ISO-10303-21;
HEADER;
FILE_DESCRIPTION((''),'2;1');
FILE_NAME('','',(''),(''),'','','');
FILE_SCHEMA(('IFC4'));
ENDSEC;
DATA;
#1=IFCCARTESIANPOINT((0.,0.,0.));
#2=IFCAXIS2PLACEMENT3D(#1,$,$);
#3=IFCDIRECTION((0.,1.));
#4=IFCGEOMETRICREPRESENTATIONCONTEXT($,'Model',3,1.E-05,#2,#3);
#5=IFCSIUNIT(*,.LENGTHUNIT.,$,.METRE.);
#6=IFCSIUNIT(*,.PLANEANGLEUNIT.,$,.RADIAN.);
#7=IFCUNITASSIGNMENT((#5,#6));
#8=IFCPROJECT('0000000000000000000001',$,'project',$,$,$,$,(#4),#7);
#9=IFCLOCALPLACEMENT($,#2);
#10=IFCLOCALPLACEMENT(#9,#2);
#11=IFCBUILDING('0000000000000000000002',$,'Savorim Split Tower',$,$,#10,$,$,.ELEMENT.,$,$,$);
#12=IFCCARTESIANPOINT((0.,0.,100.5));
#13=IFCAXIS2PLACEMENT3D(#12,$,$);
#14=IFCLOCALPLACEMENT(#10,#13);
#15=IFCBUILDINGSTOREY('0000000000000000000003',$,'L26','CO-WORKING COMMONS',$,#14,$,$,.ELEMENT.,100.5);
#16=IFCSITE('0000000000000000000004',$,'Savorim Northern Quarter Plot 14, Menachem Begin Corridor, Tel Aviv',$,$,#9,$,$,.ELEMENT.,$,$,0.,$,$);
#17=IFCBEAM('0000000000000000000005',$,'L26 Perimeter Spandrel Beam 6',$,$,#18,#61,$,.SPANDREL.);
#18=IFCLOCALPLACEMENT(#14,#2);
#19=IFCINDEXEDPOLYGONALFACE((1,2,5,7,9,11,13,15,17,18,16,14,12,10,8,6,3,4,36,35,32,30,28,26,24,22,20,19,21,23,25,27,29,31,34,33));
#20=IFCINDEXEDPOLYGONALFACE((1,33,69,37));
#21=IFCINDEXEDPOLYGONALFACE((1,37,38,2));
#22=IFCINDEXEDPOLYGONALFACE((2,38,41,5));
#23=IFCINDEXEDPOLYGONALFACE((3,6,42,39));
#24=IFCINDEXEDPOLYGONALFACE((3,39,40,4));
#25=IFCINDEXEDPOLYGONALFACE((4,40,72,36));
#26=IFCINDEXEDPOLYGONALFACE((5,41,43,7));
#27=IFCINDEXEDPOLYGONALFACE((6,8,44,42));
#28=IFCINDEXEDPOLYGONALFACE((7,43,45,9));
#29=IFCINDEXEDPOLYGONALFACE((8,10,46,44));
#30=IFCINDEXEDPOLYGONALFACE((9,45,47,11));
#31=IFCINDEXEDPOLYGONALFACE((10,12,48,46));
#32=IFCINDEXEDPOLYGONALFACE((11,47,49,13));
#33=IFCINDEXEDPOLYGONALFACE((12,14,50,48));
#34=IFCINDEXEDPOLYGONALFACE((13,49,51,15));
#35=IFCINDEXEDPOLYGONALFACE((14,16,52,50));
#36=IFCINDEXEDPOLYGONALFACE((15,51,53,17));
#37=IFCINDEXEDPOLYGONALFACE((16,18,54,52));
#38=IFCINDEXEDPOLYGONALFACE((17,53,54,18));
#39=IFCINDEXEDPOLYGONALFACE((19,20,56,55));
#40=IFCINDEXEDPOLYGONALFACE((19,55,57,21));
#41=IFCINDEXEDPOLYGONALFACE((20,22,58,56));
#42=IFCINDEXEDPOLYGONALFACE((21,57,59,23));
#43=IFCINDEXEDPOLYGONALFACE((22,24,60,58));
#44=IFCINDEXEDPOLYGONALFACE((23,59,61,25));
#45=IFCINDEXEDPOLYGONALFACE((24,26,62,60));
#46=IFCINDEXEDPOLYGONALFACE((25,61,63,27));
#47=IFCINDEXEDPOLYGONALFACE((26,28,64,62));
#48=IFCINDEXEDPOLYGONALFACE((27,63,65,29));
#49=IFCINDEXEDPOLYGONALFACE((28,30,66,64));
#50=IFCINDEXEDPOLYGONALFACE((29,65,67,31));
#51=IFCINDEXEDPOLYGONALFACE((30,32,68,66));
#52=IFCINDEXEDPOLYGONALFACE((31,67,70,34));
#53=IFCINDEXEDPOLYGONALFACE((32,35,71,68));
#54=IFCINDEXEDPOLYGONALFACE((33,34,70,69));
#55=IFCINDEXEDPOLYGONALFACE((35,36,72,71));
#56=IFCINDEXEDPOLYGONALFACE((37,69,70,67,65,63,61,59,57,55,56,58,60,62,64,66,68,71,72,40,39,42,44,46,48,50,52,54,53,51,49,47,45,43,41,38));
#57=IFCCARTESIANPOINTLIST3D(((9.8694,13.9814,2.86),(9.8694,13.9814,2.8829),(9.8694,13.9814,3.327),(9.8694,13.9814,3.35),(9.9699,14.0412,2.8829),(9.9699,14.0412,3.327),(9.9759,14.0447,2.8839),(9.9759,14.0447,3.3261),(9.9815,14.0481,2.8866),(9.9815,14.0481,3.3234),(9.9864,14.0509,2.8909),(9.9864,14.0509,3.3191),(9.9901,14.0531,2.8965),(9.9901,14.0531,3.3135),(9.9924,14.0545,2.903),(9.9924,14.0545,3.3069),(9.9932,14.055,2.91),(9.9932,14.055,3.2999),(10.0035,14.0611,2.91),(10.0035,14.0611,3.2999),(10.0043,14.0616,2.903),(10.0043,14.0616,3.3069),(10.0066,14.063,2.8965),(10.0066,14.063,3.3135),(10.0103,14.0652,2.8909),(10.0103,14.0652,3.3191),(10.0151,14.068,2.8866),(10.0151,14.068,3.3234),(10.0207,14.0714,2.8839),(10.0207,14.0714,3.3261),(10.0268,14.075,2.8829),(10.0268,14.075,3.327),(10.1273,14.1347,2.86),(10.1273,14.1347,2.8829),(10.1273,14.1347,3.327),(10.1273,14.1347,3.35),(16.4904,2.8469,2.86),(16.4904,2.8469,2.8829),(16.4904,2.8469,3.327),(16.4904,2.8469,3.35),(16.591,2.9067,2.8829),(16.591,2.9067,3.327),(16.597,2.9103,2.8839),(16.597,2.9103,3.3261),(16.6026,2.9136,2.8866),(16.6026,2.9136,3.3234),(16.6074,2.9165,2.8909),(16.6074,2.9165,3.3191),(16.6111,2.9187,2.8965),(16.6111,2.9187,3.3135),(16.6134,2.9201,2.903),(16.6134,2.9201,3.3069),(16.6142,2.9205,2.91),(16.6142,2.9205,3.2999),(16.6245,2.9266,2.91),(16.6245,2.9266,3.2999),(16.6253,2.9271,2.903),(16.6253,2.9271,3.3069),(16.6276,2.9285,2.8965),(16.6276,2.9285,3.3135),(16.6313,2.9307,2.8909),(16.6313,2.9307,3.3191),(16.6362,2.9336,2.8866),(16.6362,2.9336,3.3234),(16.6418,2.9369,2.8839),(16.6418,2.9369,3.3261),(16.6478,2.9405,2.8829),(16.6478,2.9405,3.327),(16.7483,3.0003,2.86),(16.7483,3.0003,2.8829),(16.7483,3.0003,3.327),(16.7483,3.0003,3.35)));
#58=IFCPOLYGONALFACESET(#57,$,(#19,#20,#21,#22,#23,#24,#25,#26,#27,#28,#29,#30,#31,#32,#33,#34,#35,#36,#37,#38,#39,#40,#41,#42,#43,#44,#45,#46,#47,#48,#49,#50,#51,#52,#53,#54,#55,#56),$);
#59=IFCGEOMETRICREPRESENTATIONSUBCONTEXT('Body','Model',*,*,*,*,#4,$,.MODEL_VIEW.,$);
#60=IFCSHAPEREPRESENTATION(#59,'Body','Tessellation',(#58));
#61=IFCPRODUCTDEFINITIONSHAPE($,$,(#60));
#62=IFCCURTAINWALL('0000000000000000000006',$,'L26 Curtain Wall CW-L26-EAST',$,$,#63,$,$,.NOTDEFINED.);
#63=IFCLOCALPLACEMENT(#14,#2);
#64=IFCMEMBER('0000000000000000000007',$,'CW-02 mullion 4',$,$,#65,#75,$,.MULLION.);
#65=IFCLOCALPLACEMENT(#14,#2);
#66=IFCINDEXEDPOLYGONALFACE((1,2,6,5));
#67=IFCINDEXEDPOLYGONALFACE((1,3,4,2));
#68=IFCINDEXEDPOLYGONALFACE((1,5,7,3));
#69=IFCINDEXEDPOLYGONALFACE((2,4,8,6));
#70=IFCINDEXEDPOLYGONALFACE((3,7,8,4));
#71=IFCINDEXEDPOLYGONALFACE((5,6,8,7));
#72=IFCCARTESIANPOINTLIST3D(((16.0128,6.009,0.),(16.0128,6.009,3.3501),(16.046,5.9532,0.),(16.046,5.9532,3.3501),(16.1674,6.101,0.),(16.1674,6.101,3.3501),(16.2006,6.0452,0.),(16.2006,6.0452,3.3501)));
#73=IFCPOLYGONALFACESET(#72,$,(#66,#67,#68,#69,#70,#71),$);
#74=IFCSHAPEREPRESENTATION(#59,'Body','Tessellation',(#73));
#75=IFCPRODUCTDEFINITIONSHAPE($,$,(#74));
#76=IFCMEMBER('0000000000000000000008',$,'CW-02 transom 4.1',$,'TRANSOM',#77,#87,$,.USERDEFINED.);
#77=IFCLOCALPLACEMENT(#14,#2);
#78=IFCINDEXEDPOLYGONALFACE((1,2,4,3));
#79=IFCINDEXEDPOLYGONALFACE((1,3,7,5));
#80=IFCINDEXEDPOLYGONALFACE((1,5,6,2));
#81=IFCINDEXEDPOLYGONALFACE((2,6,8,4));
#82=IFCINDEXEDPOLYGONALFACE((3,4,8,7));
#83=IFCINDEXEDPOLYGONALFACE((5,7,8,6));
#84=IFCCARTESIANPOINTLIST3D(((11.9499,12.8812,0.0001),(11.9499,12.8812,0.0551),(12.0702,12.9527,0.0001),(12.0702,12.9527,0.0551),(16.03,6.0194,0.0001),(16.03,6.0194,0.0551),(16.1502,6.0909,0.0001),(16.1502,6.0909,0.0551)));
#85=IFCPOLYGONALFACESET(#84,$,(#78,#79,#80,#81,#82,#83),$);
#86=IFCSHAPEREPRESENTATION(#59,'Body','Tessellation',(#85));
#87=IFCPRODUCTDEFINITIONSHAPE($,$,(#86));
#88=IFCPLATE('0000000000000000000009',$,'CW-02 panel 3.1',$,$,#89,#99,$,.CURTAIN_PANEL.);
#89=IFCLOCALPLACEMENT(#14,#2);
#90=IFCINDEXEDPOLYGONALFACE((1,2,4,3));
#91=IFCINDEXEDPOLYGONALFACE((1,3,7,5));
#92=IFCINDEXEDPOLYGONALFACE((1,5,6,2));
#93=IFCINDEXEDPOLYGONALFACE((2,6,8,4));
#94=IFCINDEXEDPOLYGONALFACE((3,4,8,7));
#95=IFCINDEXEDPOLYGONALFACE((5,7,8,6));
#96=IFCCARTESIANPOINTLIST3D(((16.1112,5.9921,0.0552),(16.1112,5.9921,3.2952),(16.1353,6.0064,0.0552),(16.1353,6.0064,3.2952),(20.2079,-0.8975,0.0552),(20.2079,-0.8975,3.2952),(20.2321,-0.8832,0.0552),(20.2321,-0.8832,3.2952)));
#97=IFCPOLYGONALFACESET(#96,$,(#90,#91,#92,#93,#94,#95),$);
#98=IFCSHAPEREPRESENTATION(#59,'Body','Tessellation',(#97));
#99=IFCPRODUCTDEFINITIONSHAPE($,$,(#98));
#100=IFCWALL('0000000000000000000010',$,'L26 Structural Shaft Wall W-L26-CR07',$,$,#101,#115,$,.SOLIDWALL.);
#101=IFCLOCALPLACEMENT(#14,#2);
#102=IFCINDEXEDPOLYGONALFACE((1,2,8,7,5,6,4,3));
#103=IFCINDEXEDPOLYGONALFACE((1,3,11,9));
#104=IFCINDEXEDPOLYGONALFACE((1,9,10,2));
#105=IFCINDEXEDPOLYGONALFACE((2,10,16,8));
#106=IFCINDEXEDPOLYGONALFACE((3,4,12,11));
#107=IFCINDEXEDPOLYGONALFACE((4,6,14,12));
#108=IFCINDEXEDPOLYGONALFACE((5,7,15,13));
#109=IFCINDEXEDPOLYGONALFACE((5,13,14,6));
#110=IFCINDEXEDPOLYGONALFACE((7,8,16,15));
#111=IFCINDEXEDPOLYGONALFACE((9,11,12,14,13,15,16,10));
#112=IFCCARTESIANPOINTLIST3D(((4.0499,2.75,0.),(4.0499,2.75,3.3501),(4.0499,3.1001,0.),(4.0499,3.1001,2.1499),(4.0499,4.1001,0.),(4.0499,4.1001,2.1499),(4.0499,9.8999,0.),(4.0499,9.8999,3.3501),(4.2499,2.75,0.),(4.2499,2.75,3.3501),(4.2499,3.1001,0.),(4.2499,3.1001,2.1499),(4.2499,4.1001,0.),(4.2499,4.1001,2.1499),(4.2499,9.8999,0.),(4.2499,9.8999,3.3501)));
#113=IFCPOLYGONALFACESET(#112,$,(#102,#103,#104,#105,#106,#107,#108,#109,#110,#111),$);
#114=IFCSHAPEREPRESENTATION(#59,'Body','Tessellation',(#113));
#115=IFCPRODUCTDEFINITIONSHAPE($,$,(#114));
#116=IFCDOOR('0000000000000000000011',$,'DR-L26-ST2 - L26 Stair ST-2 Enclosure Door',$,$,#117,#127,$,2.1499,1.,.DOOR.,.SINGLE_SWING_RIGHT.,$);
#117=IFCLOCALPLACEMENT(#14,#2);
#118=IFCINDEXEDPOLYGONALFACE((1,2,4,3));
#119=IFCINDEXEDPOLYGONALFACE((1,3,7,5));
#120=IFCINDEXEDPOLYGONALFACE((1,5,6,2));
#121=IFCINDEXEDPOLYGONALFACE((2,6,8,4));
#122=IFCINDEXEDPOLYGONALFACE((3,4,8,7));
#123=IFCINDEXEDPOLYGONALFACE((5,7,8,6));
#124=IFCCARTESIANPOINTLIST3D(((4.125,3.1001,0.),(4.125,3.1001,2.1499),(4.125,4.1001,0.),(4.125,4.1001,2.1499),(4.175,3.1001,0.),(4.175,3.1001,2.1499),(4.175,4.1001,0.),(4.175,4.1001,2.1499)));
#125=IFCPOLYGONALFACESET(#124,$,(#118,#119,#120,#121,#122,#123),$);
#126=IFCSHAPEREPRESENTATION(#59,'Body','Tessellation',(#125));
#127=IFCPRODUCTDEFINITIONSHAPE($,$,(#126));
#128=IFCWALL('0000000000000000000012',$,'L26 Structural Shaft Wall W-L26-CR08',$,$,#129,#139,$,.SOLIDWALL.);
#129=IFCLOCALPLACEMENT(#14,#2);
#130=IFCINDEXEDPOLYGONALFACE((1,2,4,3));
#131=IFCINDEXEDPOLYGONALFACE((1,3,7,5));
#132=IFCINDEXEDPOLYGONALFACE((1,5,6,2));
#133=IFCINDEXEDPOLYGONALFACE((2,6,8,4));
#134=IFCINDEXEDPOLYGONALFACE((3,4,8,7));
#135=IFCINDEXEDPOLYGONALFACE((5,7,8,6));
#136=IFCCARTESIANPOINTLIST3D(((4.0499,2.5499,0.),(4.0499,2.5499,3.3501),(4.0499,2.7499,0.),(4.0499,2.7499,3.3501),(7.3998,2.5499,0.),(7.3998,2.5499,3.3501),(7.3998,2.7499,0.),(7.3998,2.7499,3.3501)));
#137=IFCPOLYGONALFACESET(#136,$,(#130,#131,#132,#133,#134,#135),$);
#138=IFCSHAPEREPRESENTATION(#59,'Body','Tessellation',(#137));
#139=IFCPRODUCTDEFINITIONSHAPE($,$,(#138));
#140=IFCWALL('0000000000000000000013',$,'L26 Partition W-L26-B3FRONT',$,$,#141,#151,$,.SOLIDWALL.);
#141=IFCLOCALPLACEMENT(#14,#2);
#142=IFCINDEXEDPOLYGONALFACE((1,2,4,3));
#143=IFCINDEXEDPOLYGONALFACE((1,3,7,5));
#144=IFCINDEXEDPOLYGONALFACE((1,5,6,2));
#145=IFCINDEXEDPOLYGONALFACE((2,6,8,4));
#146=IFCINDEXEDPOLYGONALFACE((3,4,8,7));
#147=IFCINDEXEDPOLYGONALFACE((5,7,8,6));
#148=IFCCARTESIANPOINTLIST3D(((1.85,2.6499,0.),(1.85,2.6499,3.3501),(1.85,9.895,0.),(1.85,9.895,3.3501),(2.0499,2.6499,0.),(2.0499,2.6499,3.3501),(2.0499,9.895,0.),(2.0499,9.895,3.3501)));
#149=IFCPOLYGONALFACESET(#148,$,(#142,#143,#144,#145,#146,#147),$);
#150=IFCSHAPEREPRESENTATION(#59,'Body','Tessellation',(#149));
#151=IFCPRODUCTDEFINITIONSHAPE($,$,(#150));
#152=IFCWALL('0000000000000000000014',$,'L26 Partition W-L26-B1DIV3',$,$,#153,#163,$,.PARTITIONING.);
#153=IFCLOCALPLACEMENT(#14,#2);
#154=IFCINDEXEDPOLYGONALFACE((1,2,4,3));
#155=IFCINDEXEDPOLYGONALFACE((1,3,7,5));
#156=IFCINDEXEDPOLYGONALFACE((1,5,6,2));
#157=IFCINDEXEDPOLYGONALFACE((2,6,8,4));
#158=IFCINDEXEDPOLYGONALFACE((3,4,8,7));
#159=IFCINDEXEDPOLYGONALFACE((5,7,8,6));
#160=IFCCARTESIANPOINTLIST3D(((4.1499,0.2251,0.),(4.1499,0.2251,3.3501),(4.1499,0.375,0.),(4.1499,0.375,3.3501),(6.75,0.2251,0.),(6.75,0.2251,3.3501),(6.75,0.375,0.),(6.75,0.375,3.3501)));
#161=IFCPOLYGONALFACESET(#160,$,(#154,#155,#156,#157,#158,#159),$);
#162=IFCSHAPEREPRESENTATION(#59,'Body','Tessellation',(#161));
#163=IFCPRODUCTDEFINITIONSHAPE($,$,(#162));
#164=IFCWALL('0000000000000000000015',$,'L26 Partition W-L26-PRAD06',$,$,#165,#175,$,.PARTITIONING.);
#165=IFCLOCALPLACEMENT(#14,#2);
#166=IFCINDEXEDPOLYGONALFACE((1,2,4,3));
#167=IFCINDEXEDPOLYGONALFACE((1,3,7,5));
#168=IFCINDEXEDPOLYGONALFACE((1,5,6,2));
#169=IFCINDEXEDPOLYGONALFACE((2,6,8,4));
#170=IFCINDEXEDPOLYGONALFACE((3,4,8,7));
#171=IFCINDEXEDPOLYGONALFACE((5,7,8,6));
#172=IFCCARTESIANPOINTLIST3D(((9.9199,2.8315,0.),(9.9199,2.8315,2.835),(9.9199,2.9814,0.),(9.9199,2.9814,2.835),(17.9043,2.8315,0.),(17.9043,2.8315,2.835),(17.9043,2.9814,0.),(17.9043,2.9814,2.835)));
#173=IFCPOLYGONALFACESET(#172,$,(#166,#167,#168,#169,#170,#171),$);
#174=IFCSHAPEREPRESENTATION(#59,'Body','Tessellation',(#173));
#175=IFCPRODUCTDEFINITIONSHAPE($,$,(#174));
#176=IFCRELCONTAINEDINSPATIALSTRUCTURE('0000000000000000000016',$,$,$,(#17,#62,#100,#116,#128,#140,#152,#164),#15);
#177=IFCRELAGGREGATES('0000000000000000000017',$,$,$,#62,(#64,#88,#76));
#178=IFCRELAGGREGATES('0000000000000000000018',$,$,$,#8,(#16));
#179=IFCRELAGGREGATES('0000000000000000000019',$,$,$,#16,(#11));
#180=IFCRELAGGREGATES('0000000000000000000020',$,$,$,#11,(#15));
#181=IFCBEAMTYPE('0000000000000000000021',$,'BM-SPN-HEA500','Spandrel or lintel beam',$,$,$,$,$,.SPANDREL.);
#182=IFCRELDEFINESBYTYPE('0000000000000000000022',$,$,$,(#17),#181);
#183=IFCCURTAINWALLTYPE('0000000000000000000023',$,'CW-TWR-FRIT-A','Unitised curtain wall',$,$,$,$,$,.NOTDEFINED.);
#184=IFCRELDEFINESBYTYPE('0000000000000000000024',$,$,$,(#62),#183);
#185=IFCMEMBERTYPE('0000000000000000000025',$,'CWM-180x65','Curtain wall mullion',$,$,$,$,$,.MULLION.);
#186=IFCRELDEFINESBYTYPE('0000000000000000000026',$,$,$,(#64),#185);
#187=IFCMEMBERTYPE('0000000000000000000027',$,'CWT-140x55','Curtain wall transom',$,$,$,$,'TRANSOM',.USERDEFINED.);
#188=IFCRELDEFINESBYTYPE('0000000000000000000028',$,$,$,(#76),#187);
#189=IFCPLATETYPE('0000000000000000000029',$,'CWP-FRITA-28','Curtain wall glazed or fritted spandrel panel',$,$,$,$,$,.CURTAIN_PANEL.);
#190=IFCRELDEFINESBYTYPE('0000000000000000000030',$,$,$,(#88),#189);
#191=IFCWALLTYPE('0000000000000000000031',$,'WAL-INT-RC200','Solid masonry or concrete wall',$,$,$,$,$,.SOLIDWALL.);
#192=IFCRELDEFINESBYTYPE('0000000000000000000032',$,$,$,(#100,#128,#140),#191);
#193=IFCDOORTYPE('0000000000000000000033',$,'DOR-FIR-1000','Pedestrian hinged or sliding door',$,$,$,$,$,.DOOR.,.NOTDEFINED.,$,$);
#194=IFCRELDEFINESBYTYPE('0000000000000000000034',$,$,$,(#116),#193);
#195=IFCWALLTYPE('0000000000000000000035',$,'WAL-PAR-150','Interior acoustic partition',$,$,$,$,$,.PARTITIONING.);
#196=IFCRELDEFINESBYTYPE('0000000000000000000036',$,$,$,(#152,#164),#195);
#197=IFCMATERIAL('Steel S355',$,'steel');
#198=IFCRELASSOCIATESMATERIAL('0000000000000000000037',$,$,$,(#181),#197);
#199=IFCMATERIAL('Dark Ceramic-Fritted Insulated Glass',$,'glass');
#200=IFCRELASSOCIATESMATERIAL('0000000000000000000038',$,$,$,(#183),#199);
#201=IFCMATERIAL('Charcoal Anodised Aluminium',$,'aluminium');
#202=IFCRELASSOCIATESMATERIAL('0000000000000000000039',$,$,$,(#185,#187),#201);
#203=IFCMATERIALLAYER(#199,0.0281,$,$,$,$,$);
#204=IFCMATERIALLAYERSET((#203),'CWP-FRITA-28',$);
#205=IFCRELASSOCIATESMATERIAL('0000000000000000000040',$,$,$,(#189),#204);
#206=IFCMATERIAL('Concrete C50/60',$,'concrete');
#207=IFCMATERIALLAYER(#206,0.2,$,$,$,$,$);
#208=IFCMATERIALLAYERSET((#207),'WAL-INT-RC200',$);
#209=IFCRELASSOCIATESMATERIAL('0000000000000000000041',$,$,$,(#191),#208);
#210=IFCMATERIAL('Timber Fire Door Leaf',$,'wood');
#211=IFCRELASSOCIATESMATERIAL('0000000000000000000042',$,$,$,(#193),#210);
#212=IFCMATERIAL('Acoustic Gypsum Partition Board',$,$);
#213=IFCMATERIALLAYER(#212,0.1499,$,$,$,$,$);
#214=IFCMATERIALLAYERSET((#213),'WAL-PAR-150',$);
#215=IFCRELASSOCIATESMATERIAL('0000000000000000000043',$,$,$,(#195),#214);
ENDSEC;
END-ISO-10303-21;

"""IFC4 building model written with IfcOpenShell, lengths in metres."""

from ifc_helpers import new_model, si_unit, direction, frame, frame_2d, origin, origin_2d, place, context, subcontext, project, spatial, rectangle, i_section, extrude, material, layer, layer_set, material_profile, profile_set, type_object, element, fill, aggregate, save


model = new_model("IFC4")

# Units and contexts
model_context = context("Model", 3, precision=1e-05, world=origin(), true_north=direction((0.0, 1.0)))
body_context = subcontext(model_context, "Body", "Model", "MODEL_VIEW")
ifc_project = project(units=[si_unit("LENGTHUNIT", "METRE"), si_unit("PLANEANGLEUNIT", "RADIAN")], contexts=[model_context])

# Site, building, storey
site_placement = place(None, origin())
site = spatial("IfcSite", under=ifc_project, at=site_placement, Name="Savorim Northern Quarter Plot 14, Menachem Begin Corridor, Tel Aviv", CompositionType="ELEMENT", RefElevation=0.0)
building_placement = place(site_placement, origin())
building = spatial("IfcBuilding", under=site, at=building_placement, Name="Savorim Split Tower", CompositionType="ELEMENT")
storey_placement = place(building_placement, frame((0.0, 0.0, 100.5)))
storey = spatial("IfcBuildingStorey", under=building, at=storey_placement, Name="L26", Description="CO-WORKING COMMONS", CompositionType="ELEMENT", Elevation=100.5)

# Beam
ifc_material_1 = material(Name="Steel S355", Category="steel")
ifc_material_profile_1 = material_profile(ifc_material_1, i_section(OverallWidth=0.3, OverallDepth=0.49, WebThickness=0.012, FlangeThickness=0.0229, FilletRadius=0.0271, at=origin_2d()), Name="HEA 500")
ifc_profile_set_1 = profile_set([ifc_material_profile_1], Name="Steel S355")
beam_type_1 = type_object("IfcBeamType", Name="BM-SPN-HEA500", Description="Spandrel or lintel beam", PredefinedType="SPANDREL", material=ifc_profile_set_1)
beam_1_placement = place(storey_placement, frame((16.6194, 2.9236, 3.105), z_axis=(-0.511108, 0.859517, 0.0), x_axis=(-0.859517, -0.511108, 0.0)))
element("IfcBeam", 1, at=beam_1_placement, inside=storey, type_object=beam_type_1, Name="L26 Perimeter Spandrel Beam 6", PredefinedType="SPANDREL", context=body_context, shape_type="SweptSolid", body=[
    extrude(i_section(OverallWidth=0.3, OverallDepth=0.49, WebThickness=0.012, FlangeThickness=0.0229, FilletRadius=0.0271, at=origin_2d()), origin(), (0.0, 0.0, 1.0), 12.9543),
])

# Curtain wall, members, plate
ifc_material_2 = material(Name="Dark Ceramic-Fritted Insulated Glass", Category="glass")
curtain_wall_type = type_object("IfcCurtainWallType", Name="CW-TWR-FRIT-A", Description="Unitised curtain wall", PredefinedType="NOTDEFINED", material=ifc_material_2)
curtain_wall_placement = place(storey_placement, origin())
curtain_wall = element("IfcCurtainWall", 2, at=curtain_wall_placement, inside=storey, type_object=curtain_wall_type, Name="L26 Curtain Wall CW-L26-EAST", PredefinedType="NOTDEFINED")
ifc_material_3 = material(Name="Charcoal Anodised Aluminium", Category="aluminium")
ifc_material_profile_2 = material_profile(ifc_material_3, rectangle(XDim=0.1799, YDim=0.0649, at=origin_2d()), Name="ALU-M 180x65")
ifc_profile_set_2 = profile_set([ifc_material_profile_2], Name="Charcoal Anodised Aluminium")
member_type_1 = type_object("IfcMemberType", Name="CWM-180x65", Description="Curtain wall mullion", PredefinedType="MULLION", material=ifc_profile_set_2)
member_1_placement = place(storey_placement, frame((16.1067, 6.0271, 0.0), z_axis=(0.0, 0.0, 1.0), x_axis=(-0.859525, -0.511094, 0.0)))
member_1 = element("IfcMember", 3, at=member_1_placement, type_object=member_type_1, Name="CW-02 mullion 4", PredefinedType="MULLION", context=body_context, shape_type="SweptSolid", body=[
    extrude(rectangle(XDim=0.1799, YDim=0.0649, at=origin_2d()), origin(), (0.0, 0.0, 1.0), 3.3501),
])
ifc_material_profile_3 = material_profile(ifc_material_3, rectangle(XDim=0.1399, YDim=0.0549, at=origin_2d()), Name="ALU-T 140x55")
ifc_profile_set_3 = profile_set([ifc_material_profile_3], Name="Charcoal Anodised Aluminium")
member_type_2 = type_object("IfcMemberType", Name="CWT-140x55", Description="Curtain wall transom", ElementType="TRANSOM", PredefinedType="USERDEFINED", material=ifc_profile_set_3)
member_2_placement = place(storey_placement, frame((16.0901, 6.0552, 0.0276), z_axis=(-0.511083, 0.859532, 0.0), x_axis=(-0.859532, -0.511083, 0.0)))
member_2 = element("IfcMember", 4, at=member_2_placement, type_object=member_type_2, Name="CW-02 transom 4.1", ObjectType="TRANSOM", PredefinedType="USERDEFINED", context=body_context, shape_type="SweptSolid", body=[
    extrude(rectangle(XDim=0.1399, YDim=0.0549, at=origin_2d()), origin(), (0.0, 0.0, 1.0), 7.9832),
])
ifc_layer_1 = layer(ifc_material_2, 0.0281)
ifc_layer_set_1 = layer_set([ifc_layer_1], Name="CWP-FRITA-28")
plate_type = type_object("IfcPlateType", Name="CWP-FRITA-28", Description="Curtain wall glazed or fritted spandrel panel", PredefinedType="CURTAIN_PANEL", material=ifc_layer_set_1)
plate_placement = place(storey_placement, frame((18.1716, 2.5544, 0.0552), z_axis=(0.0, 0.0, 1.0), x_axis=(-0.511094, 0.859525, 0.0)))
plate = element("IfcPlate", 5, at=plate_placement, type_object=plate_type, Name="CW-02 panel 3.1", PredefinedType="CURTAIN_PANEL", context=body_context, shape_type="SweptSolid", body=[
    extrude(rectangle(XDim=8.0156, YDim=0.0281, at=origin_2d()), origin(), (0.0, 0.0, 1.0), 3.24),
])
aggregate(curtain_wall, [member_1, plate, member_2])

# Wall, opening, door
ifc_material_4 = material(Name="Concrete C50/60", Category="concrete")
ifc_layer_2 = layer(ifc_material_4, 0.2)
ifc_layer_set_2 = layer_set([ifc_layer_2], Name="WAL-INT-RC200")
wall_type_1 = type_object("IfcWallType", Name="WAL-INT-RC200", Description="Solid masonry or concrete wall", PredefinedType="SOLIDWALL", material=ifc_layer_set_2)
wall_1_placement = place(storey_placement, frame((4.1499, 2.75, 0.0), z_axis=(0.0, 0.0, 1.0), x_axis=(0.0, 1.0, 0.0)))
wall_1 = element("IfcWall", 6, at=wall_1_placement, inside=storey, type_object=wall_type_1, Name="L26 Structural Shaft Wall W-L26-CR07", PredefinedType="SOLIDWALL", context=body_context, shape_type="SweptSolid", body=[
    extrude(rectangle(XDim=7.1499, YDim=0.2, at=frame_2d((3.575, 0.0))), origin(), (0.0, 0.0, 1.0), 3.3501),
])
opening_placement = place(wall_1_placement, frame((0.3501, 0.0, 0.0)))
opening = element("IfcOpeningElement", 7, at=opening_placement, cuts=wall_1, PredefinedType="OPENING", context=body_context, shape_type="SweptSolid", body=[
    extrude(rectangle(XDim=1.0, YDim=2.1499, at=frame_2d((0.5, 1.075))), frame((0.0, 0.1099, 0.0), z_axis=(0.0, -1.0, 0.0), x_axis=(1.0, 0.0, 0.0)), (0.0, 0.0, 1.0), 0.22),
])
ifc_material_5 = material(Name="Timber Fire Door Leaf", Category="wood")
door_type = type_object("IfcDoorType", Name="DOR-FIR-1000", Description="Pedestrian hinged or sliding door", OperationType="NOTDEFINED", PredefinedType="DOOR", material=ifc_material_5)
door_placement = place(opening_placement, origin())
door = element("IfcDoor", 8, at=door_placement, inside=storey, type_object=door_type, Name="DR-L26-ST2 - L26 Stair ST-2 Enclosure Door", OperationType="SINGLE_SWING_RIGHT", OverallHeight=2.1499, OverallWidth=1.0, PredefinedType="DOOR", context=body_context, shape_type="SweptSolid", body=[
    extrude(rectangle(XDim=1.0, YDim=2.1499, at=frame_2d((0.5, 1.075))), frame((0.0, 0.0249, 0.0), z_axis=(0.0, -1.0, 0.0), x_axis=(1.0, 0.0, 0.0)), (0.0, 0.0, 1.0), 0.05),
])
fill(opening, door)

# Walls
wall_2_placement = place(storey_placement, frame((4.05, 2.6499, 0.0), z_axis=(0.0, 0.0, 1.0), x_axis=(1.0, 0.0, 0.0)))
element("IfcWall", 9, at=wall_2_placement, inside=storey, type_object=wall_type_1, Name="L26 Structural Shaft Wall W-L26-CR08", PredefinedType="SOLIDWALL", context=body_context, shape_type="SweptSolid", body=[
    extrude(rectangle(XDim=3.3499, YDim=0.2, at=frame_2d((1.6748, 0.0))), origin(), (0.0, 0.0, 1.0), 3.3501),
])
wall_3_placement = place(storey_placement, frame((1.95, 2.6499, 0.0), z_axis=(0.0, 0.0, 1.0), x_axis=(0.0, 1.0, 0.0)))
element("IfcWall", 10, at=wall_3_placement, inside=storey, type_object=wall_type_1, Name="L26 Partition W-L26-B3FRONT", PredefinedType="SOLIDWALL", context=body_context, shape_type="SweptSolid", body=[
    extrude(rectangle(XDim=7.2451, YDim=0.2, at=frame_2d((3.6226, 0.0))), origin(), (0.0, 0.0, 1.0), 3.3501),
])
ifc_material_6 = material(Name="Acoustic Gypsum Partition Board")
ifc_layer_3 = layer(ifc_material_6, 0.1499)
ifc_layer_set_3 = layer_set([ifc_layer_3], Name="WAL-PAR-150")
wall_type_2 = type_object("IfcWallType", Name="WAL-PAR-150", Description="Interior acoustic partition", PredefinedType="PARTITIONING", material=ifc_layer_set_3)
wall_4_placement = place(storey_placement, frame((4.1499, 0.3, 0.0), z_axis=(0.0, 0.0, 1.0), x_axis=(1.0, 0.0, 0.0)))
element("IfcWall", 11, at=wall_4_placement, inside=storey, type_object=wall_type_2, Name="L26 Partition W-L26-B1DIV3", PredefinedType="PARTITIONING", context=body_context, shape_type="SweptSolid", body=[
    extrude(rectangle(XDim=2.6001, YDim=0.1499, at=frame_2d((1.3, 0.0))), origin(), (0.0, 0.0, 1.0), 3.3501),
])
wall_5_placement = place(storey_placement, frame((9.9199, 2.9065, 0.0), z_axis=(0.0, 0.0, 1.0), x_axis=(1.0, 0.0, 0.0)))
element("IfcWall", 12, at=wall_5_placement, inside=storey, type_object=wall_type_2, Name="L26 Partition W-L26-PRAD06", PredefinedType="PARTITIONING", context=body_context, shape_type="SweptSolid", body=[
    extrude(rectangle(XDim=7.9844, YDim=0.1499, at=frame_2d((3.9922, 0.0))), origin(), (0.0, 0.0, 1.0), 2.835),
])

save(model, "model.ifc")
